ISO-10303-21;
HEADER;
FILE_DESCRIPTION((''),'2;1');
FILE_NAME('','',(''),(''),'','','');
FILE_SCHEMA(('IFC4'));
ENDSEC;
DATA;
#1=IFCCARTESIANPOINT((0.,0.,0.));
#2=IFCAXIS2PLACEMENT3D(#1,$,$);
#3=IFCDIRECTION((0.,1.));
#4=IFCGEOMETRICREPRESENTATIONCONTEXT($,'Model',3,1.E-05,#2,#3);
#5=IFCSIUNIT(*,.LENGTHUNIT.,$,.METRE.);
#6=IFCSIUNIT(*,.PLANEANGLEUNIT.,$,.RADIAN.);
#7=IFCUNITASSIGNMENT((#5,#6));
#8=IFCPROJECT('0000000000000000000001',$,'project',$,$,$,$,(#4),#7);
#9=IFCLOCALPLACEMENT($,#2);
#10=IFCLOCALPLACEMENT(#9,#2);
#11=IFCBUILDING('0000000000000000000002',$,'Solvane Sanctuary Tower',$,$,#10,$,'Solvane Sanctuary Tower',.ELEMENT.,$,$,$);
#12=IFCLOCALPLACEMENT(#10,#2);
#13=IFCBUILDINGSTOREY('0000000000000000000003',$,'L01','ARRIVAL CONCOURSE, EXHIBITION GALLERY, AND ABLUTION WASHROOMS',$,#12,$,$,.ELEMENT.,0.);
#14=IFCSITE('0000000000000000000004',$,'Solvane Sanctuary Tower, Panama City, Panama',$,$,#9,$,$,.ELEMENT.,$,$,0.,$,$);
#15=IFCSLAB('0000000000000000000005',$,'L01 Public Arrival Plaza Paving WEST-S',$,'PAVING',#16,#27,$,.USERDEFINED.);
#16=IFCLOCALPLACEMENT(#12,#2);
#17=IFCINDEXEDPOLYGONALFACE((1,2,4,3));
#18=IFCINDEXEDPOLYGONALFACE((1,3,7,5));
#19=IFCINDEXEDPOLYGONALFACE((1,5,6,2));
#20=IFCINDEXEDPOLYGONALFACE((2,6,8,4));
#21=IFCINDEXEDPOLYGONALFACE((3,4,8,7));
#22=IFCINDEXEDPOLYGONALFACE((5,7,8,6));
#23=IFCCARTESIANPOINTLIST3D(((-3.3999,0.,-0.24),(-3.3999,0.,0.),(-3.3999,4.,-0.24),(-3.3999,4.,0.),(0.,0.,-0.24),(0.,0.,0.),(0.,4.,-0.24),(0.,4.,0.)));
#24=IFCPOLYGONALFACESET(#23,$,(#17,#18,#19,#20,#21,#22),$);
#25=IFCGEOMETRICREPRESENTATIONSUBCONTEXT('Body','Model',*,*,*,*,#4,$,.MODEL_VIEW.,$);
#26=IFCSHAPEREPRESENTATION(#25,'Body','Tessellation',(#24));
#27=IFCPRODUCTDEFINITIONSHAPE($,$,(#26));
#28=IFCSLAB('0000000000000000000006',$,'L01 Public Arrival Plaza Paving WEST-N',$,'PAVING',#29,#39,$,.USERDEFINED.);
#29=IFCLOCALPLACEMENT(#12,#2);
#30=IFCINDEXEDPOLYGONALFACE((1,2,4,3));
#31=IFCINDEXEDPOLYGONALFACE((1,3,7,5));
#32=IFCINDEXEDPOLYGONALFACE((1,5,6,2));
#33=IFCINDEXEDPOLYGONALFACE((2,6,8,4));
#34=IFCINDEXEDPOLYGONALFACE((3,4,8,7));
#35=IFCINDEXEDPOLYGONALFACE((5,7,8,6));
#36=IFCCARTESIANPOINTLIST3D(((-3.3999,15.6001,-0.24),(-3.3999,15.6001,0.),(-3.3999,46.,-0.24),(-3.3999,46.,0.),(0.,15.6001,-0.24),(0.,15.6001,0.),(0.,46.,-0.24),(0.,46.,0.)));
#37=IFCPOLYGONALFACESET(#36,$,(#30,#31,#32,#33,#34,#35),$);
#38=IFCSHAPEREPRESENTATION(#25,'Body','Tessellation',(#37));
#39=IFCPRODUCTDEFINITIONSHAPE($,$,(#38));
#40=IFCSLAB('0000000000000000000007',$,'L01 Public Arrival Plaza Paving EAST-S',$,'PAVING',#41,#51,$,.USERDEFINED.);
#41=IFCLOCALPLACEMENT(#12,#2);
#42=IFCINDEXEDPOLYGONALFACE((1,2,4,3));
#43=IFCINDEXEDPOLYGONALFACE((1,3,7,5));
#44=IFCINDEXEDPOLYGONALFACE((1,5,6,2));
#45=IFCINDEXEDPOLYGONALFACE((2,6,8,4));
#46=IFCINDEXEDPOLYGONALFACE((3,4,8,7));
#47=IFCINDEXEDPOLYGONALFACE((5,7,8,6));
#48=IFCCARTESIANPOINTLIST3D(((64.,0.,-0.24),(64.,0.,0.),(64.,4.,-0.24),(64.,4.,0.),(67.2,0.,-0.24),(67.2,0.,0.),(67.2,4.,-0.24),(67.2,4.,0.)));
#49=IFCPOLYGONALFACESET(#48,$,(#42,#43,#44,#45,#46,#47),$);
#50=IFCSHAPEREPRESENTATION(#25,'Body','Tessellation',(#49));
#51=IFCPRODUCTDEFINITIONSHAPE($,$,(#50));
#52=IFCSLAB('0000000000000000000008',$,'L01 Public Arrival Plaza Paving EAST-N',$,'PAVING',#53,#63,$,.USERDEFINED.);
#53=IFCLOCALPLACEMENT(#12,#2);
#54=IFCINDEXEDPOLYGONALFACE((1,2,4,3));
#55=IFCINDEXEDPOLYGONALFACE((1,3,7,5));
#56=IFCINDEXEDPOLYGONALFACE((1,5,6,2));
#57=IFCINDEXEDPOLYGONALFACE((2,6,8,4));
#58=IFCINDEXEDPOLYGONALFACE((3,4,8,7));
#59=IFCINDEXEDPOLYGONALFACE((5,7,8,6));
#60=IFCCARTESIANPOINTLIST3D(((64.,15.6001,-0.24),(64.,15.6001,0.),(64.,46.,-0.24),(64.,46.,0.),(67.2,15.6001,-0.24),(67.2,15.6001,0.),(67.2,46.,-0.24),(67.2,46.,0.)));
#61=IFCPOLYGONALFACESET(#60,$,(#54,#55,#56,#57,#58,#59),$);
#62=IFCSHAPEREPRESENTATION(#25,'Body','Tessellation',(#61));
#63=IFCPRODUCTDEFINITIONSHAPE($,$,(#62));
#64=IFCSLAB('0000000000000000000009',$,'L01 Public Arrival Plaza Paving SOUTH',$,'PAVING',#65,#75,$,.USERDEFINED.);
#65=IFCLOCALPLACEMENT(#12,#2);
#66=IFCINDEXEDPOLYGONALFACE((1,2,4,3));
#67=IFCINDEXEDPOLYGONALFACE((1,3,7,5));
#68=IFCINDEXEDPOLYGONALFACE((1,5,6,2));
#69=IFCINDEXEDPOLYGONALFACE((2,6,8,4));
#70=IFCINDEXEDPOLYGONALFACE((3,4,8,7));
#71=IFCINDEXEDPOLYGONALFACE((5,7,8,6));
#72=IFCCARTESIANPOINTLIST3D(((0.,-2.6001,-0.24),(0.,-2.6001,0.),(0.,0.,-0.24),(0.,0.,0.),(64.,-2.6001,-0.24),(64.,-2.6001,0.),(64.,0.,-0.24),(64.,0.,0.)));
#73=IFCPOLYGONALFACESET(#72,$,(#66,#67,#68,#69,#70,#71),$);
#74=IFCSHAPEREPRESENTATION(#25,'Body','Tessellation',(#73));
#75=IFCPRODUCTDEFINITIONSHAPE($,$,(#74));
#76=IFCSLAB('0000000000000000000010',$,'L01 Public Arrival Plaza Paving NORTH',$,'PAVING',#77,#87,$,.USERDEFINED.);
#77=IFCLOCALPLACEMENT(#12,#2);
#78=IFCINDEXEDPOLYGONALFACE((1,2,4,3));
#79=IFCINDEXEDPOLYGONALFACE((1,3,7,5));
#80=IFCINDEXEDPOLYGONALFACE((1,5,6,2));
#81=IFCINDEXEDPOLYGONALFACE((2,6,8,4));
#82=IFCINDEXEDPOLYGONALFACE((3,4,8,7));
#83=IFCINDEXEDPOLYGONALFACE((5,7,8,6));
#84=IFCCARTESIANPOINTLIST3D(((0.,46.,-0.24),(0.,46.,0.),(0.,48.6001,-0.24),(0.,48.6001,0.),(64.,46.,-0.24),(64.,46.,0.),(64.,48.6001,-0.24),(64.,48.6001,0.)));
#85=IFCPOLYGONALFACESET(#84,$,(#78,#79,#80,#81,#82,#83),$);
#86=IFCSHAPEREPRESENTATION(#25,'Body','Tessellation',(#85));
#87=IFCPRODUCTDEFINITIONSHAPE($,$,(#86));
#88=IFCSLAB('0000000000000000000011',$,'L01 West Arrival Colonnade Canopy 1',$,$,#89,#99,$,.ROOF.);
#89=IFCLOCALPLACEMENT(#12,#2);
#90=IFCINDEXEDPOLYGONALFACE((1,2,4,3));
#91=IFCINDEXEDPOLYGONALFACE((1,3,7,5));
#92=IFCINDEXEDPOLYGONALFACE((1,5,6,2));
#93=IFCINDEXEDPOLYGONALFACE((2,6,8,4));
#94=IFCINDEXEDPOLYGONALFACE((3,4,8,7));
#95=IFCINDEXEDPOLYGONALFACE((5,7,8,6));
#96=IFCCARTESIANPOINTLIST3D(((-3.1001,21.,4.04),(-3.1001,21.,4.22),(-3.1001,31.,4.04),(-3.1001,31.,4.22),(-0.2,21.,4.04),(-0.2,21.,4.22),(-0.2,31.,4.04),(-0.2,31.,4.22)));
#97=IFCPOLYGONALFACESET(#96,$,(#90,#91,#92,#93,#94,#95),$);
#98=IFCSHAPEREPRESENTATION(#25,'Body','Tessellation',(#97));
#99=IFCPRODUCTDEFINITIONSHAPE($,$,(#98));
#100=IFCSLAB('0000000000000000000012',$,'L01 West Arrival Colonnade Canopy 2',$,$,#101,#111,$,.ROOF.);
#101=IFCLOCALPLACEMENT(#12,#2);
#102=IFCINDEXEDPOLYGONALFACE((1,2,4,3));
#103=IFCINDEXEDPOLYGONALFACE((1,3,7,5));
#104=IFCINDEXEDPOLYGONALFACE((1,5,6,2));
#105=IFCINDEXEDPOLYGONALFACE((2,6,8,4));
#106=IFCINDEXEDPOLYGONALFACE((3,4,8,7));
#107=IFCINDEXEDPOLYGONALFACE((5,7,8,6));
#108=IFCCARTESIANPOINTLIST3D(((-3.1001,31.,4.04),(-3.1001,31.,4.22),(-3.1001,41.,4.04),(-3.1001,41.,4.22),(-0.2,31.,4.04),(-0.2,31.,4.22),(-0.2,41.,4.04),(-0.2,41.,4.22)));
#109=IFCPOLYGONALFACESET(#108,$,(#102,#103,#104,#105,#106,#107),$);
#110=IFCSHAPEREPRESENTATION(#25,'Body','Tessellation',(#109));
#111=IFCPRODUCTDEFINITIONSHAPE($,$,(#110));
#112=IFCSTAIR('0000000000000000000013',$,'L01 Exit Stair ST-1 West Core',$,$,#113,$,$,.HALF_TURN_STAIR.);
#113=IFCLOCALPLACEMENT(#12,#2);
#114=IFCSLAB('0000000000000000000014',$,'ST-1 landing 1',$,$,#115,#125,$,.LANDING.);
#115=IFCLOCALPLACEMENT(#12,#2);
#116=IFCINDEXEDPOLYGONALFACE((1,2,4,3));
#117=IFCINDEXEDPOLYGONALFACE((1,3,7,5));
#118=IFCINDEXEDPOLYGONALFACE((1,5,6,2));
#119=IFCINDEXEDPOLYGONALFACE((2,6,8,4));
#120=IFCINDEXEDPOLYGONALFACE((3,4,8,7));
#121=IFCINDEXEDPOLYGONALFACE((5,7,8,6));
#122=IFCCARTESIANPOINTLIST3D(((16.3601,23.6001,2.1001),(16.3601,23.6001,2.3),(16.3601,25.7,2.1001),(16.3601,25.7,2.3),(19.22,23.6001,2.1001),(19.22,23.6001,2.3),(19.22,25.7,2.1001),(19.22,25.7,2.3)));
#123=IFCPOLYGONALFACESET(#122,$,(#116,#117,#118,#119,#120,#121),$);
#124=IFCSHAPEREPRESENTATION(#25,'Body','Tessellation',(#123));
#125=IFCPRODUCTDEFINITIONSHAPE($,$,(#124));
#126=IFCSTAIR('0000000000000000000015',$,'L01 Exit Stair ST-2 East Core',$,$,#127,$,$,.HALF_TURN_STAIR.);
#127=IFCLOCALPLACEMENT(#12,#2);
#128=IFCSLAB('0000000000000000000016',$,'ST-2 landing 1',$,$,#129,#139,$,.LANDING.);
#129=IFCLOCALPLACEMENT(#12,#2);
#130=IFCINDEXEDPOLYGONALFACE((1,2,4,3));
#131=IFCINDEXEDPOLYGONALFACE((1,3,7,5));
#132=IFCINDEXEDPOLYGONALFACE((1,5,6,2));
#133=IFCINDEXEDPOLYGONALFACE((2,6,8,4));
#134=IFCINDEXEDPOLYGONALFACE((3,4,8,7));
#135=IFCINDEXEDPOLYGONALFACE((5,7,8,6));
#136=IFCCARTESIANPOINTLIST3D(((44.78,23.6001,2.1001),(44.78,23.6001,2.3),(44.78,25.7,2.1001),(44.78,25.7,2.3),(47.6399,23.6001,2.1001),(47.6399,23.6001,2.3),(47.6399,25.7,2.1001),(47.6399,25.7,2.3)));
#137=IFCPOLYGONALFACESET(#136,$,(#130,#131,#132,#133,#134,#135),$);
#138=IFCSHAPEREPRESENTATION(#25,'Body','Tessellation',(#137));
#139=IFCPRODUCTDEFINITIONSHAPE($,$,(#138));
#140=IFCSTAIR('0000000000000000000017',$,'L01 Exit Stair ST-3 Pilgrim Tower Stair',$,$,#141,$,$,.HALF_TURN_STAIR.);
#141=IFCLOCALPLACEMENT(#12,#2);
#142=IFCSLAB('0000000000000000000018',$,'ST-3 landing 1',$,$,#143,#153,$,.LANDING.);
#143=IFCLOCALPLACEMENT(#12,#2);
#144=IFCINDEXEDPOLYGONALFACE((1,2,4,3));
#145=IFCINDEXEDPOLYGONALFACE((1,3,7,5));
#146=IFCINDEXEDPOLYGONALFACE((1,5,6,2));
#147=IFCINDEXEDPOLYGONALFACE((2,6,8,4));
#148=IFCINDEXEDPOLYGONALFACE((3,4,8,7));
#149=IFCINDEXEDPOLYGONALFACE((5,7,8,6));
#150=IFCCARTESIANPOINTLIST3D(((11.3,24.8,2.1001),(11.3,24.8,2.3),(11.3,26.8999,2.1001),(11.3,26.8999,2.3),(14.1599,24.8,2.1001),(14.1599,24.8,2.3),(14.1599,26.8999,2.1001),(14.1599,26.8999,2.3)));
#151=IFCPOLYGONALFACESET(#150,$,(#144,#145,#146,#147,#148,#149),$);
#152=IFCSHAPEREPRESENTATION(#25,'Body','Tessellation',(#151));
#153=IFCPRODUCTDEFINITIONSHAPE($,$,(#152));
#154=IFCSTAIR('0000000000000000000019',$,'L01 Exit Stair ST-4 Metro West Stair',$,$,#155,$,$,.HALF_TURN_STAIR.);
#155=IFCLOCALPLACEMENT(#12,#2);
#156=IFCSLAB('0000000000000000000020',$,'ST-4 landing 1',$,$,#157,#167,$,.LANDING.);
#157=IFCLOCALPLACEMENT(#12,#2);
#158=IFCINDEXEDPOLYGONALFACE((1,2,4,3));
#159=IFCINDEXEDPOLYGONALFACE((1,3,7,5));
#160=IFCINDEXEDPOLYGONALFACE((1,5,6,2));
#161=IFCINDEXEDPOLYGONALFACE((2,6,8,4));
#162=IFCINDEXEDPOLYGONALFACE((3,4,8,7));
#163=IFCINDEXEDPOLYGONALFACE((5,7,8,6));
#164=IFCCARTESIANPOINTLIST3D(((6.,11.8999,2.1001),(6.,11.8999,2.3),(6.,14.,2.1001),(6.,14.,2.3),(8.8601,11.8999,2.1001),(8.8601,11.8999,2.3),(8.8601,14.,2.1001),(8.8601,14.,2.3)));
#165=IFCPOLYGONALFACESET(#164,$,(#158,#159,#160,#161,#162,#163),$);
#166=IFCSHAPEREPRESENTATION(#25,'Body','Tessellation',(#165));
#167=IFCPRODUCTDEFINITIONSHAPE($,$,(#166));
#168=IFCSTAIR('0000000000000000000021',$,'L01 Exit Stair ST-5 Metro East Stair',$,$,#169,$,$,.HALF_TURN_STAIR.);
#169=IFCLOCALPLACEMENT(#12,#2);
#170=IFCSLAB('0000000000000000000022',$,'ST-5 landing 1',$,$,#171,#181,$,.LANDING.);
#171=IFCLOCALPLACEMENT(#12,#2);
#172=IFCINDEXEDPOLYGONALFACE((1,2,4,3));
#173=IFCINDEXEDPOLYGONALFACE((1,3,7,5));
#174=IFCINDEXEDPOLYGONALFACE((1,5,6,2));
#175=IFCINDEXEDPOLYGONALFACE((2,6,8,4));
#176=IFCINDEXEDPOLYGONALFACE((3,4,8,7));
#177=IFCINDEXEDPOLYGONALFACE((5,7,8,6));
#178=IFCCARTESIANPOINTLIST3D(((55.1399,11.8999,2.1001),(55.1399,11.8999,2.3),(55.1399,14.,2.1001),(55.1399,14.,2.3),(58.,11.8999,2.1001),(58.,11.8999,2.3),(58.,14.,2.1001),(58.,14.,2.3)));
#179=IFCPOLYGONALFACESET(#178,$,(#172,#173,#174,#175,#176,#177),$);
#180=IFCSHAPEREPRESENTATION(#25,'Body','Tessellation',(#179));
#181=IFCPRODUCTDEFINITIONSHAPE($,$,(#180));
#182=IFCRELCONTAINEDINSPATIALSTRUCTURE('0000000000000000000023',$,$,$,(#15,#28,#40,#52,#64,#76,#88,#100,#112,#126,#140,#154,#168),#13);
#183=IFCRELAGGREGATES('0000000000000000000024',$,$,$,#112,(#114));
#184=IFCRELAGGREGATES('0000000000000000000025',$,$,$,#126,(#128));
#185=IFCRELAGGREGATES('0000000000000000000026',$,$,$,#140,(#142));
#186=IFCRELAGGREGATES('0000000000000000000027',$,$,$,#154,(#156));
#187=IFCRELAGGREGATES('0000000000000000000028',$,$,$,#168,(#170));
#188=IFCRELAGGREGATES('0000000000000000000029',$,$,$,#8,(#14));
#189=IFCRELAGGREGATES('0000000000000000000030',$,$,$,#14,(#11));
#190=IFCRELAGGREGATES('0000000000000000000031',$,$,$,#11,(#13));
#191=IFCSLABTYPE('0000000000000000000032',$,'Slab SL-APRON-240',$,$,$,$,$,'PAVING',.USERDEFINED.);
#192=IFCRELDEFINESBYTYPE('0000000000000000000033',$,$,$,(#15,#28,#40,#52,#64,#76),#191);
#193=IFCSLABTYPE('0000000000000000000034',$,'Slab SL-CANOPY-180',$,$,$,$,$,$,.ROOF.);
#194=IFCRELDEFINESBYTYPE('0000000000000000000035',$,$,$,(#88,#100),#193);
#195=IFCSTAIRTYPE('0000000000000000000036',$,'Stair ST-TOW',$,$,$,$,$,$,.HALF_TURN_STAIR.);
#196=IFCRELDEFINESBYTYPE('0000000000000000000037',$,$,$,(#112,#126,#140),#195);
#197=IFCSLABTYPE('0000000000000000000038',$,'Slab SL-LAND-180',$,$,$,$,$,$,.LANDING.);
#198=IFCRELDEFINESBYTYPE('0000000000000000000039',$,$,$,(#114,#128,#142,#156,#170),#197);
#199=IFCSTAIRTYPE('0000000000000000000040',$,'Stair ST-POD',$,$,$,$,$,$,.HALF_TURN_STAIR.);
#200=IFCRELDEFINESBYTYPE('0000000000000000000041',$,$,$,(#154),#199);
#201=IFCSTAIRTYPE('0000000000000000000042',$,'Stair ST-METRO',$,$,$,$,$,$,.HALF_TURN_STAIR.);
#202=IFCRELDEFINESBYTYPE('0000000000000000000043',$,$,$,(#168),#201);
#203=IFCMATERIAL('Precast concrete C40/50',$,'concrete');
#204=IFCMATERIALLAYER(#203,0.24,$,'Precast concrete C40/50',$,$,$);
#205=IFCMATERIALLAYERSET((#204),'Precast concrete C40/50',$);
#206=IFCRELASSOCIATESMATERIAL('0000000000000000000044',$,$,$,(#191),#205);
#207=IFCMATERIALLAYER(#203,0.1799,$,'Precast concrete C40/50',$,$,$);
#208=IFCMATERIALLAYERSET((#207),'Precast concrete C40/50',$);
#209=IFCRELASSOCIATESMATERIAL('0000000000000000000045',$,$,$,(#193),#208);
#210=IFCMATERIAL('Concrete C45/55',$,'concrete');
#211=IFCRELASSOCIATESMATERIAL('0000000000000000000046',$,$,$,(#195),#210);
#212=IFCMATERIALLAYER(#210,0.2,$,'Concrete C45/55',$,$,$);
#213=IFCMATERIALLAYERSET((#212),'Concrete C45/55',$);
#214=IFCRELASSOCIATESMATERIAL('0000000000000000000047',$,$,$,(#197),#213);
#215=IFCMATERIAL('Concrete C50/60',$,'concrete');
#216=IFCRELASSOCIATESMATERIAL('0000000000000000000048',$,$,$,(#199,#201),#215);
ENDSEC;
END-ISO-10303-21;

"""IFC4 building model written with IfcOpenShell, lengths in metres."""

from ifc_helpers import new_model, si_unit, direction, frame, origin, place, context, subcontext, project, spatial, polyline, outline, extrude, material, layer, layer_set, type_object, element, aggregate, save


model = new_model("IFC4")

# Units and contexts
model_context = context("Model", 3, precision=1e-05, world=origin(), true_north=direction((0.0, 1.0)))
body_context = subcontext(model_context, "Body", "Model", "MODEL_VIEW")
ifc_project = project(units=[si_unit("LENGTHUNIT", "METRE"), si_unit("PLANEANGLEUNIT", "RADIAN")], contexts=[model_context])

# Site, building, storey
site_placement = place(None, origin())
site = spatial("IfcSite", under=ifc_project, at=site_placement, Name="Solvane Sanctuary Tower, Panama City, Panama", CompositionType="ELEMENT", RefElevation=0.0)
building_placement = place(site_placement, origin())
building = spatial("IfcBuilding", under=site, at=building_placement, Name="Solvane Sanctuary Tower", LongName="Solvane Sanctuary Tower", CompositionType="ELEMENT")
storey_placement = place(building_placement, origin())
storey = spatial("IfcBuildingStorey", under=building, at=storey_placement, Name="L01", Description="ARRIVAL CONCOURSE, EXHIBITION GALLERY, AND ABLUTION WASHROOMS", CompositionType="ELEMENT", Elevation=0.0)

# Slabs
ifc_material_1 = material(Name="Precast concrete C40/50", Category="concrete")
ifc_layer_1 = layer(ifc_material_1, 0.24, Name="Precast concrete C40/50")
ifc_layer_set_1 = layer_set([ifc_layer_1], Name="Precast concrete C40/50")
slab_type_1 = type_object("IfcSlabType", Name="Slab SL-APRON-240", ElementType="PAVING", PredefinedType="USERDEFINED", material=ifc_layer_set_1)
slab_1_placement = place(storey_placement, frame((0.0, 0.0, -0.24)))
element("IfcSlab", 1, at=slab_1_placement, inside=storey, type_object=slab_type_1, Name="L01 Public Arrival Plaza Paving WEST-S", ObjectType="PAVING", PredefinedType="USERDEFINED", context=body_context, shape_type="SweptSolid", body=[
    extrude(outline(polyline([(-3.3999, 0.0), (0.0, 0.0), (0.0, 4.0), (-3.3999, 4.0), (-3.3999, 0.0)])), origin(), (0.0, 0.0, 1.0), 0.24),
])
slab_2_placement = place(storey_placement, frame((0.0, 0.0, -0.24)))
element("IfcSlab", 2, at=slab_2_placement, inside=storey, type_object=slab_type_1, Name="L01 Public Arrival Plaza Paving WEST-N", ObjectType="PAVING", PredefinedType="USERDEFINED", context=body_context, shape_type="SweptSolid", body=[
    extrude(outline(polyline([(-3.3999, 15.6001), (0.0, 15.6001), (0.0, 46.0), (-3.3999, 46.0), (-3.3999, 15.6001)])), origin(), (0.0, 0.0, 1.0), 0.24),
])
slab_3_placement = place(storey_placement, frame((0.0, 0.0, -0.24)))
element("IfcSlab", 3, at=slab_3_placement, inside=storey, type_object=slab_type_1, Name="L01 Public Arrival Plaza Paving EAST-S", ObjectType="PAVING", PredefinedType="USERDEFINED", context=body_context, shape_type="SweptSolid", body=[
    extrude(outline(polyline([(64.0, 0.0), (67.2, 0.0), (67.2, 4.0), (64.0, 4.0), (64.0, 0.0)])), origin(), (0.0, 0.0, 1.0), 0.24),
])
slab_4_placement = place(storey_placement, frame((0.0, 0.0, -0.24)))
element("IfcSlab", 4, at=slab_4_placement, inside=storey, type_object=slab_type_1, Name="L01 Public Arrival Plaza Paving EAST-N", ObjectType="PAVING", PredefinedType="USERDEFINED", context=body_context, shape_type="SweptSolid", body=[
    extrude(outline(polyline([(64.0, 15.6001), (67.2, 15.6001), (67.2, 46.0), (64.0, 46.0), (64.0, 15.6001)])), origin(), (0.0, 0.0, 1.0), 0.24),
])
slab_5_placement = place(storey_placement, frame((0.0, 0.0, -0.24)))
element("IfcSlab", 5, at=slab_5_placement, inside=storey, type_object=slab_type_1, Name="L01 Public Arrival Plaza Paving SOUTH", ObjectType="PAVING", PredefinedType="USERDEFINED", context=body_context, shape_type="SweptSolid", body=[
    extrude(outline(polyline([(0.0, -2.6001), (64.0, -2.6001), (64.0, 0.0), (0.0, 0.0), (0.0, -2.6001)])), origin(), (0.0, 0.0, 1.0), 0.24),
])
slab_6_placement = place(storey_placement, frame((0.0, 0.0, -0.24)))
element("IfcSlab", 6, at=slab_6_placement, inside=storey, type_object=slab_type_1, Name="L01 Public Arrival Plaza Paving NORTH", ObjectType="PAVING", PredefinedType="USERDEFINED", context=body_context, shape_type="SweptSolid", body=[
    extrude(outline(polyline([(0.0, 46.0), (64.0, 46.0), (64.0, 48.6001), (0.0, 48.6001), (0.0, 46.0)])), origin(), (0.0, 0.0, 1.0), 0.24),
])
ifc_layer_2 = layer(ifc_material_1, 0.1799, Name="Precast concrete C40/50")
ifc_layer_set_2 = layer_set([ifc_layer_2], Name="Precast concrete C40/50")
slab_type_2 = type_object("IfcSlabType", Name="Slab SL-CANOPY-180", PredefinedType="ROOF", material=ifc_layer_set_2)
slab_7_placement = place(storey_placement, frame((0.0, 0.0, 4.04)))
element("IfcSlab", 7, at=slab_7_placement, inside=storey, type_object=slab_type_2, Name="L01 West Arrival Colonnade Canopy 1", PredefinedType="ROOF", context=body_context, shape_type="SweptSolid", body=[
    extrude(outline(polyline([(-3.1001, 21.0), (-0.2, 21.0), (-0.2, 31.0), (-3.1001, 31.0), (-3.1001, 21.0)])), origin(), (0.0, 0.0, 1.0), 0.1799),
])
slab_8_placement = place(storey_placement, frame((0.0, 0.0, 4.04)))
element("IfcSlab", 8, at=slab_8_placement, inside=storey, type_object=slab_type_2, Name="L01 West Arrival Colonnade Canopy 2", PredefinedType="ROOF", context=body_context, shape_type="SweptSolid", body=[
    extrude(outline(polyline([(-3.1001, 31.0), (-0.2, 31.0), (-0.2, 41.0), (-3.1001, 41.0), (-3.1001, 31.0)])), origin(), (0.0, 0.0, 1.0), 0.1799),
])

# Stairs, slabs
ifc_material_2 = material(Name="Concrete C45/55", Category="concrete")
stair_type_1 = type_object("IfcStairType", Name="Stair ST-TOW", PredefinedType="HALF_TURN_STAIR", material=ifc_material_2)
stair_1_placement = place(storey_placement, origin())
stair_1 = element("IfcStair", 9, at=stair_1_placement, inside=storey, type_object=stair_type_1, Name="L01 Exit Stair ST-1 West Core", PredefinedType="HALF_TURN_STAIR")
ifc_layer_3 = layer(ifc_material_2, 0.2, Name="Concrete C45/55")
ifc_layer_set_3 = layer_set([ifc_layer_3], Name="Concrete C45/55")
slab_type_3 = type_object("IfcSlabType", Name="Slab SL-LAND-180", PredefinedType="LANDING", material=ifc_layer_set_3)
slab_9_placement = place(storey_placement, frame((0.0, 0.0, 2.1001)))
slab_9 = element("IfcSlab", 10, at=slab_9_placement, type_object=slab_type_3, Name="ST-1 landing 1", PredefinedType="LANDING", context=body_context, shape_type="SweptSolid", body=[
    extrude(outline(polyline([(19.22, 23.6001), (19.22, 25.7), (16.3601, 25.7), (16.3601, 23.6001), (19.22, 23.6001)])), origin(), (0.0, 0.0, 1.0), 0.2),
])
aggregate(stair_1, [slab_9])
stair_2_placement = place(storey_placement, origin())
stair_2 = element("IfcStair", 11, at=stair_2_placement, inside=storey, type_object=stair_type_1, Name="L01 Exit Stair ST-2 East Core", PredefinedType="HALF_TURN_STAIR")
slab_10_placement = place(storey_placement, frame((0.0, 0.0, 2.1001)))
slab_10 = element("IfcSlab", 12, at=slab_10_placement, type_object=slab_type_3, Name="ST-2 landing 1", PredefinedType="LANDING", context=body_context, shape_type="SweptSolid", body=[
    extrude(outline(polyline([(47.6399, 23.6001), (47.6399, 25.7), (44.78, 25.7), (44.78, 23.6001), (47.6399, 23.6001)])), origin(), (0.0, 0.0, 1.0), 0.2),
])
aggregate(stair_2, [slab_10])
stair_3_placement = place(storey_placement, origin())
stair_3 = element("IfcStair", 13, at=stair_3_placement, inside=storey, type_object=stair_type_1, Name="L01 Exit Stair ST-3 Pilgrim Tower Stair", PredefinedType="HALF_TURN_STAIR")
slab_11_placement = place(storey_placement, frame((0.0, 0.0, 2.1001)))
slab_11 = element("IfcSlab", 14, at=slab_11_placement, type_object=slab_type_3, Name="ST-3 landing 1", PredefinedType="LANDING", context=body_context, shape_type="SweptSolid", body=[
    extrude(outline(polyline([(14.1599, 24.8), (14.1599, 26.8999), (11.3, 26.8999), (11.3, 24.8), (14.1599, 24.8)])), origin(), (0.0, 0.0, 1.0), 0.2),
])
aggregate(stair_3, [slab_11])
ifc_material_3 = material(Name="Concrete C50/60", Category="concrete")
stair_type_2 = type_object("IfcStairType", Name="Stair ST-POD", PredefinedType="HALF_TURN_STAIR", material=ifc_material_3)
stair_4_placement = place(storey_placement, origin())
stair_4 = element("IfcStair", 15, at=stair_4_placement, inside=storey, type_object=stair_type_2, Name="L01 Exit Stair ST-4 Metro West Stair", PredefinedType="HALF_TURN_STAIR")
slab_12_placement = place(storey_placement, frame((0.0, 0.0, 2.1001)))
slab_12 = element("IfcSlab", 16, at=slab_12_placement, type_object=slab_type_3, Name="ST-4 landing 1", PredefinedType="LANDING", context=body_context, shape_type="SweptSolid", body=[
    extrude(outline(polyline([(8.8601, 11.8999), (8.8601, 14.0), (6.0, 14.0), (6.0, 11.8999), (8.8601, 11.8999)])), origin(), (0.0, 0.0, 1.0), 0.2),
])
aggregate(stair_4, [slab_12])
stair_type_3 = type_object("IfcStairType", Name="Stair ST-METRO", PredefinedType="HALF_TURN_STAIR", material=ifc_material_3)
stair_5_placement = place(storey_placement, origin())
stair_5 = element("IfcStair", 17, at=stair_5_placement, inside=storey, type_object=stair_type_3, Name="L01 Exit Stair ST-5 Metro East Stair", PredefinedType="HALF_TURN_STAIR")
slab_13_placement = place(storey_placement, frame((0.0, 0.0, 2.1001)))
slab_13 = element("IfcSlab", 18, at=slab_13_placement, type_object=slab_type_3, Name="ST-5 landing 1", PredefinedType="LANDING", context=body_context, shape_type="SweptSolid", body=[
    extrude(outline(polyline([(58.0, 11.8999), (58.0, 14.0), (55.1399, 14.0), (55.1399, 11.8999), (58.0, 11.8999)])), origin(), (0.0, 0.0, 1.0), 0.2),
])
aggregate(stair_5, [slab_13])

save(model, "model.ifc")
